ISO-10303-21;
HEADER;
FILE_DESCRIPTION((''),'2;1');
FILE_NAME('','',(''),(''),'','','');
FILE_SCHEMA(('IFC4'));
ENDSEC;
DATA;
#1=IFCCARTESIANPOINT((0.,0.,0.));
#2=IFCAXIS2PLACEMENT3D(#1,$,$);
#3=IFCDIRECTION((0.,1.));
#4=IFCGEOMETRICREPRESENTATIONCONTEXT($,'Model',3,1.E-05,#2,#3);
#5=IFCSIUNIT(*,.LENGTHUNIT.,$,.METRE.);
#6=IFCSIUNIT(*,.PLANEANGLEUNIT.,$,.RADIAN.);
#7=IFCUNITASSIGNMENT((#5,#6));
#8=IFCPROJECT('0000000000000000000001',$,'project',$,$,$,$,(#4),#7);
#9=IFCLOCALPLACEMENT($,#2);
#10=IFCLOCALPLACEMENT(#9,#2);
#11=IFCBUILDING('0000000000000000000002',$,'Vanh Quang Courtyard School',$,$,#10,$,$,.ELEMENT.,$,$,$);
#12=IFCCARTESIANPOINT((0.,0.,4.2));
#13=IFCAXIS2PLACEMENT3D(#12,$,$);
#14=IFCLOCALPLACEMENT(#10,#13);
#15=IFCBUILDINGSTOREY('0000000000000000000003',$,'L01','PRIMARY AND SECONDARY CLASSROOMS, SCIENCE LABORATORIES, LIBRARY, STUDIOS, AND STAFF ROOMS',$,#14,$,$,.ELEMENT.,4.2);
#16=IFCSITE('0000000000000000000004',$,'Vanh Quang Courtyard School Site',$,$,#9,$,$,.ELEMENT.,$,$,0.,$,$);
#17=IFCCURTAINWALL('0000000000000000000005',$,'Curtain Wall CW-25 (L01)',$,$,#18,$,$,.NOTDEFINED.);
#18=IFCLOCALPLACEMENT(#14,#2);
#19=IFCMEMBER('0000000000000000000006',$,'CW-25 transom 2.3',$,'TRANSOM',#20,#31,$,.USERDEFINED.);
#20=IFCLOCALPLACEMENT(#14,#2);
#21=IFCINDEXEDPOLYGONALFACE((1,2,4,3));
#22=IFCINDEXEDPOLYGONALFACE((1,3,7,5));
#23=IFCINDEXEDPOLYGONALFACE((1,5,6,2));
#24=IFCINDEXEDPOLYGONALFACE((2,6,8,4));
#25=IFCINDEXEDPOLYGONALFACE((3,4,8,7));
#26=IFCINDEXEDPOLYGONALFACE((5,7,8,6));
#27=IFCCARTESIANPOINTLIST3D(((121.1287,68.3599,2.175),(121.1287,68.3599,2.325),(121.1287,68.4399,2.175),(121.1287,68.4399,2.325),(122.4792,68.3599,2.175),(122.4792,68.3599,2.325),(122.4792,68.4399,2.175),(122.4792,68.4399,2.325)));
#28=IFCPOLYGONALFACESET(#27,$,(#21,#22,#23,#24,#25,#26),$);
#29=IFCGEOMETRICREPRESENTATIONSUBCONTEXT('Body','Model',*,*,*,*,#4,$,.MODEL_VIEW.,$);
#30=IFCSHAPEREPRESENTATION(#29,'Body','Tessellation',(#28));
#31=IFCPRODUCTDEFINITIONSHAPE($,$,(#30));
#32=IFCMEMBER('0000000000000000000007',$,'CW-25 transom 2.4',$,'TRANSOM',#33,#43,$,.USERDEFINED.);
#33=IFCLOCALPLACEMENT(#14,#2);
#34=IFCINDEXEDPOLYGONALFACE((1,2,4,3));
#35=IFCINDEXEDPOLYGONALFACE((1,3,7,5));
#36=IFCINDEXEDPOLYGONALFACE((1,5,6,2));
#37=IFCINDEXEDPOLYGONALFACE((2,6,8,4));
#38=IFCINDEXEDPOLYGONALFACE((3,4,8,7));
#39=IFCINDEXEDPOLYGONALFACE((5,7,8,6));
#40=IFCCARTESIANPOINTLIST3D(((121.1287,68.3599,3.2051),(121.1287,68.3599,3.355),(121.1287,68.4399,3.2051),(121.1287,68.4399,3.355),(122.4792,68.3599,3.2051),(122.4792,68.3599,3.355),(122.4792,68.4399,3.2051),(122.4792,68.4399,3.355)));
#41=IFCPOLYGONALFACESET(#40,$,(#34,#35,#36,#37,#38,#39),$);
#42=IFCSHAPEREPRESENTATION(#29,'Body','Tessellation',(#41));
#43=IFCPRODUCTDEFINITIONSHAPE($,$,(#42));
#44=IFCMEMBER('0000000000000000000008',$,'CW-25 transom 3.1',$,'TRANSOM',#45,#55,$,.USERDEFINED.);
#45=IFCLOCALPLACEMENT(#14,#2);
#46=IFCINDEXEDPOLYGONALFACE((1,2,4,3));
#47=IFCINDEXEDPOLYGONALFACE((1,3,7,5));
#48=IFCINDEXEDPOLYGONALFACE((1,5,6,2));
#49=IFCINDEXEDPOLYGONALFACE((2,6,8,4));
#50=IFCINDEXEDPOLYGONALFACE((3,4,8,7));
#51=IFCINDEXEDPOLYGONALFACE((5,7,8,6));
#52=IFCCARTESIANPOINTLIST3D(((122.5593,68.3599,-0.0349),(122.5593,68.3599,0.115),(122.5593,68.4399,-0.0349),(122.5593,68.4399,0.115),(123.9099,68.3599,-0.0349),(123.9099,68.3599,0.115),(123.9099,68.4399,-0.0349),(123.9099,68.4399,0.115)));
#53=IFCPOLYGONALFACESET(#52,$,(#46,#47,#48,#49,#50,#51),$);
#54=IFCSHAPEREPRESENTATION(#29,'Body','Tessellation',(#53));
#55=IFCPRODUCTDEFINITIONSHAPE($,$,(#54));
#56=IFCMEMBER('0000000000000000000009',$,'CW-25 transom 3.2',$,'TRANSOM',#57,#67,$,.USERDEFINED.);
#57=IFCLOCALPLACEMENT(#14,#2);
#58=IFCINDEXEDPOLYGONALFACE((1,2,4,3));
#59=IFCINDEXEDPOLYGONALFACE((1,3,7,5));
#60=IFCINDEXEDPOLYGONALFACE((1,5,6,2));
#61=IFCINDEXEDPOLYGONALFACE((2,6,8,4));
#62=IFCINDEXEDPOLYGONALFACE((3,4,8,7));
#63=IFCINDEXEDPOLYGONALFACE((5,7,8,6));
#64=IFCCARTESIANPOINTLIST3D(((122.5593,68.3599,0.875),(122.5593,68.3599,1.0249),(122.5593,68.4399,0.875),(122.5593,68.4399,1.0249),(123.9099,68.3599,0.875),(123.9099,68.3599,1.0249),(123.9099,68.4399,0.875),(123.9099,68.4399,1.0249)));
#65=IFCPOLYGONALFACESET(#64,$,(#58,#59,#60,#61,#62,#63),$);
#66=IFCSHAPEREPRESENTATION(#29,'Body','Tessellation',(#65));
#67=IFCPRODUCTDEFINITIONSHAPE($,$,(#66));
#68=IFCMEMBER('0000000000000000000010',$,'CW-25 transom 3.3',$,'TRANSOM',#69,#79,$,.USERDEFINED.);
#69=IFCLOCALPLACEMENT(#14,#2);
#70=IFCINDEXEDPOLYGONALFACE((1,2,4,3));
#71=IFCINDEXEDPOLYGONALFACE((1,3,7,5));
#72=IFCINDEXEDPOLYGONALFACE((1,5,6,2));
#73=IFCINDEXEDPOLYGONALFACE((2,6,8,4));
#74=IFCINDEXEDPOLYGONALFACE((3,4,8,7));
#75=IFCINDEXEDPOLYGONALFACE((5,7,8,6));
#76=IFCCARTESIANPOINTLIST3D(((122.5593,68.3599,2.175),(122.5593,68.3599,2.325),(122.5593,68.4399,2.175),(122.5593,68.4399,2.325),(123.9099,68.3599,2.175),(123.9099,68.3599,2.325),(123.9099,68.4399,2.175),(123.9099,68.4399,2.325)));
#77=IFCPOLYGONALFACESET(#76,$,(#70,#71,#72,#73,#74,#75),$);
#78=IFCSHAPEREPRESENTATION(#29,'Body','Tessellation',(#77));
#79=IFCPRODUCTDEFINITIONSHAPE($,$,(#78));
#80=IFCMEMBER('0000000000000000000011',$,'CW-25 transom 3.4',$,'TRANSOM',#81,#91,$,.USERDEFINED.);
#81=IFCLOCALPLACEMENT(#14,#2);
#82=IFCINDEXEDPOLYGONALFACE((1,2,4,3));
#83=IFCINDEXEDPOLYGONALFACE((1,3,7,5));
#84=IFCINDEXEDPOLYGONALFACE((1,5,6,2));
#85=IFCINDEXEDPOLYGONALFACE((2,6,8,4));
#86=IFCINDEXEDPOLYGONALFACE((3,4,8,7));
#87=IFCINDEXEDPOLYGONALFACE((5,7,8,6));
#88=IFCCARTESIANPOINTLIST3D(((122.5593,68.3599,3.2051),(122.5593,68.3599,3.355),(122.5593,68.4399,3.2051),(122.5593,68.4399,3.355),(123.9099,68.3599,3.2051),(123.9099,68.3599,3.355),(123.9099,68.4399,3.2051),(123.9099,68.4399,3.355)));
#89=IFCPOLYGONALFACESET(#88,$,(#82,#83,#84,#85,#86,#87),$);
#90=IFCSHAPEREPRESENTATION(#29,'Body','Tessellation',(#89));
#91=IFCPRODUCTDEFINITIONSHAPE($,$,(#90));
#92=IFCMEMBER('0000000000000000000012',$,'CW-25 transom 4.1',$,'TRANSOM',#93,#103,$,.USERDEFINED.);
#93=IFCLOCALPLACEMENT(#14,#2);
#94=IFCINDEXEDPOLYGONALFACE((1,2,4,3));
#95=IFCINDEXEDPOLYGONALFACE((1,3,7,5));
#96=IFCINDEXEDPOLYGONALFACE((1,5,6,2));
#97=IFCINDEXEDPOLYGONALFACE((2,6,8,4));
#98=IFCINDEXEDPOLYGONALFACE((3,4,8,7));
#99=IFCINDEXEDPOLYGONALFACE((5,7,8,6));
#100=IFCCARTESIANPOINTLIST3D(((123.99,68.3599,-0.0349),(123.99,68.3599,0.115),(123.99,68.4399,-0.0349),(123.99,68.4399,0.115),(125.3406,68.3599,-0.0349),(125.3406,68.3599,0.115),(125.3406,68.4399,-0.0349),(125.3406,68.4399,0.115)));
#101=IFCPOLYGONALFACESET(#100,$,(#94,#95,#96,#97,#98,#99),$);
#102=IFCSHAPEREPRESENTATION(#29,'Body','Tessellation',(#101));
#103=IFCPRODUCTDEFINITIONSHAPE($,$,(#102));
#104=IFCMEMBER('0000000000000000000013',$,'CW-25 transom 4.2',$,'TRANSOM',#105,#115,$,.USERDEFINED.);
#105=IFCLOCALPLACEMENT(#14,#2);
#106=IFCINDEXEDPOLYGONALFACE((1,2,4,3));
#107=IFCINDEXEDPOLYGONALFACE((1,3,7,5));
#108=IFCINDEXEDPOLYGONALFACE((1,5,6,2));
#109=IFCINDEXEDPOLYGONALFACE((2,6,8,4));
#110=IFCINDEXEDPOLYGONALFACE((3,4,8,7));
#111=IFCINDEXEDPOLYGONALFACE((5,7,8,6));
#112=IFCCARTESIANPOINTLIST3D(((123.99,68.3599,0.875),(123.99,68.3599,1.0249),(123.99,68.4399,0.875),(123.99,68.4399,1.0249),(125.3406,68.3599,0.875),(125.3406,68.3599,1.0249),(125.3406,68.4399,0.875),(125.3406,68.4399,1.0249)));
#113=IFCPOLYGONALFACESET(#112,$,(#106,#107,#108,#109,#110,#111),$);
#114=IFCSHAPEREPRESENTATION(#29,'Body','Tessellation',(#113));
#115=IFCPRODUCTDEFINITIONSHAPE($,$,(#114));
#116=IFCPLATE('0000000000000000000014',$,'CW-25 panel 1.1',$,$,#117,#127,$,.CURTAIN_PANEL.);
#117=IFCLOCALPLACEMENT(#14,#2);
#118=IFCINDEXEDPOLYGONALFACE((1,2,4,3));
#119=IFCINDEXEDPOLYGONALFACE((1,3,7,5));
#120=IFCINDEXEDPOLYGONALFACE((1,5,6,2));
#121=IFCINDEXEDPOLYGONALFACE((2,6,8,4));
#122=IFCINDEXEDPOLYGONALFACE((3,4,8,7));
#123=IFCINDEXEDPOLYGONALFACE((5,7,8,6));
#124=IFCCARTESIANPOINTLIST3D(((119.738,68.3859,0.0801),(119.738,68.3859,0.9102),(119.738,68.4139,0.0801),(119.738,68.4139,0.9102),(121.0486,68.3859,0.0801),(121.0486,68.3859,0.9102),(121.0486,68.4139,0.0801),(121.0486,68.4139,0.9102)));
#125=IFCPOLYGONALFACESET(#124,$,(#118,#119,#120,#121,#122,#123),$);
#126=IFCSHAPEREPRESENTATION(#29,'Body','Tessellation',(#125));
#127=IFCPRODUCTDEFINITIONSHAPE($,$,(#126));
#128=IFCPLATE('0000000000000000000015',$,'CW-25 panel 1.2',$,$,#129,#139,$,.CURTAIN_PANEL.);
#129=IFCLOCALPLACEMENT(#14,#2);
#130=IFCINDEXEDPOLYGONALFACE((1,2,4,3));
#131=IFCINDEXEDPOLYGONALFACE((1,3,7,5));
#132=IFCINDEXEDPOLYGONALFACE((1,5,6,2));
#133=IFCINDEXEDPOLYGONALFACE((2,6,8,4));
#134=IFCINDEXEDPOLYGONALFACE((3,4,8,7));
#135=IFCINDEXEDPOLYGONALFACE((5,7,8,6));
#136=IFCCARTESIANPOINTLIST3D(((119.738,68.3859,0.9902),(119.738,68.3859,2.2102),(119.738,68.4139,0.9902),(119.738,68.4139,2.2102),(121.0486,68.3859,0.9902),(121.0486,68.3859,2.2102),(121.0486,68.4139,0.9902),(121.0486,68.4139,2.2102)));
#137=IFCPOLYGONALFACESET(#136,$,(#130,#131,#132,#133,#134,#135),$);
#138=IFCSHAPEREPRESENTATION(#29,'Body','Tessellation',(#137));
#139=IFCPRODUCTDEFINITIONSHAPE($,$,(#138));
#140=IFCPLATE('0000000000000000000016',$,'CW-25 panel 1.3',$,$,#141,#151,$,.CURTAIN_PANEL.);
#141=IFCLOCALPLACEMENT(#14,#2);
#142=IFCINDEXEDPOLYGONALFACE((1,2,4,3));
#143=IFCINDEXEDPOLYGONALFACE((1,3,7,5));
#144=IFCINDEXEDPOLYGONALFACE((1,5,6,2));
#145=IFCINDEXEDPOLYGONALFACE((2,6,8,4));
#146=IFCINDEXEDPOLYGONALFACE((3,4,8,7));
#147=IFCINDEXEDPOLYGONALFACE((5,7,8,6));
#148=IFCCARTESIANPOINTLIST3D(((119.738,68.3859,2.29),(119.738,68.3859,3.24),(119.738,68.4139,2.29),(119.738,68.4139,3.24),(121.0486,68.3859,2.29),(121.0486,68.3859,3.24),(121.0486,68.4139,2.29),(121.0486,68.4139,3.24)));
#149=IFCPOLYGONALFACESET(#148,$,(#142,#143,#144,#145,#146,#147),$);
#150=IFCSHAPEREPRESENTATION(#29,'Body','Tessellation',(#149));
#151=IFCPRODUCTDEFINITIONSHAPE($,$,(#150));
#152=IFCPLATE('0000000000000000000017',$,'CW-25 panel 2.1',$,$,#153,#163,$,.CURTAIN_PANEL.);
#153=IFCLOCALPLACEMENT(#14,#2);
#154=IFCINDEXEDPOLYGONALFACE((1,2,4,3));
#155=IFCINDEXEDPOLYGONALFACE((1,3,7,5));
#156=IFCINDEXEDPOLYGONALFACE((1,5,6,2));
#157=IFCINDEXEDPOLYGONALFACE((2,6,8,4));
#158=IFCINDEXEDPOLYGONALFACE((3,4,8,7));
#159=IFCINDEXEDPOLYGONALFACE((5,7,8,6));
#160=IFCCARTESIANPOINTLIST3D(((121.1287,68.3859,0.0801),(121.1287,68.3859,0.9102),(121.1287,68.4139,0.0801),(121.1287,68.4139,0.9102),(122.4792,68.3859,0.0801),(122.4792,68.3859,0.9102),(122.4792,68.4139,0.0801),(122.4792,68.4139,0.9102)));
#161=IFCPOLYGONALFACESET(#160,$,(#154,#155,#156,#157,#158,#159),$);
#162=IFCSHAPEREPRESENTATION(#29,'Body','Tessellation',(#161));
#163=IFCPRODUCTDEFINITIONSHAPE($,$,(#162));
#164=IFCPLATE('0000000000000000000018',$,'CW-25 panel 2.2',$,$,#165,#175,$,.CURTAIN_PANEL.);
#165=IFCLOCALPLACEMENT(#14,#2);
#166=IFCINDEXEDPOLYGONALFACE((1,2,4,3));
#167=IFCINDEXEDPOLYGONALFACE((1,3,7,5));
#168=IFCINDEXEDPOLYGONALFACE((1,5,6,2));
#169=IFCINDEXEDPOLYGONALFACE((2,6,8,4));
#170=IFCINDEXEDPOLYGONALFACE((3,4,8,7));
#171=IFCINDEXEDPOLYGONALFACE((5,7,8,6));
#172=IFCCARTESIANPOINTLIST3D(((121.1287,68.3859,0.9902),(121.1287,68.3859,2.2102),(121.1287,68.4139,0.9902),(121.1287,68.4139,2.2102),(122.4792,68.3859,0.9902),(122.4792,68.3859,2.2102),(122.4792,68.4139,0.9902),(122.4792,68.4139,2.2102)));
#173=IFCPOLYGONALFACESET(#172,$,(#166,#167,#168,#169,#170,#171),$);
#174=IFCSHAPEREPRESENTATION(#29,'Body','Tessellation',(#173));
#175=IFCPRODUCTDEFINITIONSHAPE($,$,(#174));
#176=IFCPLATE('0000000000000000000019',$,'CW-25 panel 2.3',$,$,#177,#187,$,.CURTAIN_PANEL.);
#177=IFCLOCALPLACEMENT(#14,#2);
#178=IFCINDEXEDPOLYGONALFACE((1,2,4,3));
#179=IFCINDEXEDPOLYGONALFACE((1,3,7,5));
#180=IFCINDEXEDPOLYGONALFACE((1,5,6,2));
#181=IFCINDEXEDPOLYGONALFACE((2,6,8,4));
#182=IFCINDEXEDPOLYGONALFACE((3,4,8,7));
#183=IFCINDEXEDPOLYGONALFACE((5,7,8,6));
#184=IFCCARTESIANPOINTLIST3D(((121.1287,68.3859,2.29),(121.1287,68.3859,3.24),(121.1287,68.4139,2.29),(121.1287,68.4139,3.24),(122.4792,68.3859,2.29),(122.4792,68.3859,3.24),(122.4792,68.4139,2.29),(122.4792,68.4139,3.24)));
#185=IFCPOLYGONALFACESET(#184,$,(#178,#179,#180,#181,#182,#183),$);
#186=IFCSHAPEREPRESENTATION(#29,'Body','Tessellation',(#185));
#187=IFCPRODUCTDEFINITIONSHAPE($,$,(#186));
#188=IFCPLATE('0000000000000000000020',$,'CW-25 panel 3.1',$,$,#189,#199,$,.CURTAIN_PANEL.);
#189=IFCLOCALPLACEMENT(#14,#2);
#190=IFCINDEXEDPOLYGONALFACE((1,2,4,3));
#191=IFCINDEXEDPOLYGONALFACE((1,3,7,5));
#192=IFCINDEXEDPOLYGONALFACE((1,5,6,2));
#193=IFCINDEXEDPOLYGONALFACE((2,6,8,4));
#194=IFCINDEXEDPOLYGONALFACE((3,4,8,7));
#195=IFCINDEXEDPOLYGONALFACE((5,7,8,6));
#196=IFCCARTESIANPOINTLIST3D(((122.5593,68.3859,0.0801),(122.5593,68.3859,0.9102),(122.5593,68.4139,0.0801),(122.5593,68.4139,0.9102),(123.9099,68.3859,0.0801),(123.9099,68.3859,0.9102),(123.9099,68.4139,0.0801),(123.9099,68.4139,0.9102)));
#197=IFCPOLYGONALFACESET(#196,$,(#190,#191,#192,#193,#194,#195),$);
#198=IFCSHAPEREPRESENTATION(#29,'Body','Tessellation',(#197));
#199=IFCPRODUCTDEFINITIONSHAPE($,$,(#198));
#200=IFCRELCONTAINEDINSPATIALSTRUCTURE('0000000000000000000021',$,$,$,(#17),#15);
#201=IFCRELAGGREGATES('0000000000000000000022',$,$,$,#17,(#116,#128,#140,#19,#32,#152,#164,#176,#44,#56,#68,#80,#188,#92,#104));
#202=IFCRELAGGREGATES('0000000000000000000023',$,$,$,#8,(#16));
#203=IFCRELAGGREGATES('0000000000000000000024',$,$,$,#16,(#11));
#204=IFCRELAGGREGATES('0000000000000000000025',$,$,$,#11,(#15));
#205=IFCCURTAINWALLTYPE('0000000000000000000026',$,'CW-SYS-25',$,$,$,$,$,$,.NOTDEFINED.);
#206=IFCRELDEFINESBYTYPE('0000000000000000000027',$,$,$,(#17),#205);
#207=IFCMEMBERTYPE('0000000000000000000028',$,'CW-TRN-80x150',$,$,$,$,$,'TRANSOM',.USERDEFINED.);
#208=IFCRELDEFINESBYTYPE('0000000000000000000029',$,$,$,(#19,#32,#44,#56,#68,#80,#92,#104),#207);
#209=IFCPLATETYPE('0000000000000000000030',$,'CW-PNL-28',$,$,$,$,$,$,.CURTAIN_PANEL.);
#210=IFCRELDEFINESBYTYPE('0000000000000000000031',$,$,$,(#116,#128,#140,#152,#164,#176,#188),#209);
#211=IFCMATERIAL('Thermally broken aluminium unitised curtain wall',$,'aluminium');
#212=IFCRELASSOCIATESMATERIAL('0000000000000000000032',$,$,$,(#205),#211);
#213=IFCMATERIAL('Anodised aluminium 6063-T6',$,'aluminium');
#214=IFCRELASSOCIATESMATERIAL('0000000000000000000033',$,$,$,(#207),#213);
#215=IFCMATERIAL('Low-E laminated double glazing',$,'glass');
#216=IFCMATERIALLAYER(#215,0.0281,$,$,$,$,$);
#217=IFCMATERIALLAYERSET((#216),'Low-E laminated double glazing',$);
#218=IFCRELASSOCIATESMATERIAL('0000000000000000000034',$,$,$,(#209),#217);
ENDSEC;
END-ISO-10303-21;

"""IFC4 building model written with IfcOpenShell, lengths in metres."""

from ifc_helpers import new_model, si_unit, direction, frame, origin, origin_2d, place, context, subcontext, project, spatial, rectangle, extrude, material, layer, layer_set, material_profile, profile_set, type_object, element, aggregate, save


model = new_model("IFC4")

# Units and contexts
model_context = context("Model", 3, precision=1e-05, world=origin(), true_north=direction((0.0, 1.0)))
body_context = subcontext(model_context, "Body", "Model", "MODEL_VIEW")
ifc_project = project(units=[si_unit("LENGTHUNIT", "METRE"), si_unit("PLANEANGLEUNIT", "RADIAN")], contexts=[model_context])

# Site, building, storey
site_placement = place(None, origin())
site = spatial("IfcSite", under=ifc_project, at=site_placement, Name="Vanh Quang Courtyard School Site", CompositionType="ELEMENT", RefElevation=0.0)
building_placement = place(site_placement, origin())
building = spatial("IfcBuilding", under=site, at=building_placement, Name="Vanh Quang Courtyard School", CompositionType="ELEMENT")
storey_placement = place(building_placement, frame((0.0, 0.0, 4.2)))
storey = spatial("IfcBuildingStorey", under=building, at=storey_placement, Name="L01", Description="PRIMARY AND SECONDARY CLASSROOMS, SCIENCE LABORATORIES, LIBRARY, STUDIOS, AND STAFF ROOMS", CompositionType="ELEMENT", Elevation=4.2)

# Curtain wall, members, plates
ifc_material_1 = material(Name="Thermally broken aluminium unitised curtain wall", Category="aluminium")
curtain_wall_type = type_object("IfcCurtainWallType", Name="CW-SYS-25", PredefinedType="NOTDEFINED", material=ifc_material_1)
curtain_wall_placement = place(storey_placement, origin())
curtain_wall = element("IfcCurtainWall", 1, at=curtain_wall_placement, inside=storey, type_object=curtain_wall_type, Name="Curtain Wall CW-25 (L01)", PredefinedType="NOTDEFINED")
ifc_material_2 = material(Name="Anodised aluminium 6063-T6", Category="aluminium")
ifc_material_profile_1 = material_profile(ifc_material_2, rectangle(XDim=0.0801, YDim=0.1499, at=origin_2d()), Name="ALU-TRN 80x150")
ifc_profile_set_1 = profile_set([ifc_material_profile_1], Name="Anodised aluminium 6063-T6")
member_type_1 = type_object("IfcMemberType", Name="CW-TRN-80x150", ElementType="TRANSOM", PredefinedType="USERDEFINED", material=ifc_profile_set_1)
member_1_placement = place(storey_placement, frame((121.1287, 68.3999, 2.25), z_axis=(1.0, 0.0, 0.0), x_axis=(0.0, 1.0, 0.0)))
member_1 = element("IfcMember", 2, at=member_1_placement, type_object=member_type_1, Name="CW-25 transom 2.3", ObjectType="TRANSOM", PredefinedType="USERDEFINED", context=body_context, shape_type="SweptSolid", body=[
    extrude(rectangle(XDim=0.0801, YDim=0.1499, at=origin_2d()), origin(), (0.0, 0.0, 1.0), 1.3506),
])
member_2_placement = place(storey_placement, frame((121.1287, 68.3999, 3.28), z_axis=(1.0, 0.0, 0.0), x_axis=(0.0, 1.0, 0.0)))
member_2 = element("IfcMember", 3, at=member_2_placement, type_object=member_type_1, Name="CW-25 transom 2.4", ObjectType="TRANSOM", PredefinedType="USERDEFINED", context=body_context, shape_type="SweptSolid", body=[
    extrude(rectangle(XDim=0.0801, YDim=0.1499, at=origin_2d()), origin(), (0.0, 0.0, 1.0), 1.3506),
])
member_3_placement = place(storey_placement, frame((122.5593, 68.3999, 0.04), z_axis=(1.0, 0.0, 0.0), x_axis=(0.0, 1.0, 0.0)))
member_3 = element("IfcMember", 4, at=member_3_placement, type_object=member_type_1, Name="CW-25 transom 3.1", ObjectType="TRANSOM", PredefinedType="USERDEFINED", context=body_context, shape_type="SweptSolid", body=[
    extrude(rectangle(XDim=0.0801, YDim=0.1499, at=origin_2d()), origin(), (0.0, 0.0, 1.0), 1.3506),
])
member_4_placement = place(storey_placement, frame((122.5593, 68.3999, 0.95), z_axis=(1.0, 0.0, 0.0), x_axis=(0.0, 1.0, 0.0)))
member_4 = element("IfcMember", 5, at=member_4_placement, type_object=member_type_1, Name="CW-25 transom 3.2", ObjectType="TRANSOM", PredefinedType="USERDEFINED", context=body_context, shape_type="SweptSolid", body=[
    extrude(rectangle(XDim=0.0801, YDim=0.1499, at=origin_2d()), origin(), (0.0, 0.0, 1.0), 1.3506),
])
member_5_placement = place(storey_placement, frame((122.5593, 68.3999, 2.25), z_axis=(1.0, 0.0, 0.0), x_axis=(0.0, 1.0, 0.0)))
member_5 = element("IfcMember", 6, at=member_5_placement, type_object=member_type_1, Name="CW-25 transom 3.3", ObjectType="TRANSOM", PredefinedType="USERDEFINED", context=body_context, shape_type="SweptSolid", body=[
    extrude(rectangle(XDim=0.0801, YDim=0.1499, at=origin_2d()), origin(), (0.0, 0.0, 1.0), 1.3506),
])
member_6_placement = place(storey_placement, frame((122.5593, 68.3999, 3.28), z_axis=(1.0, 0.0, 0.0), x_axis=(0.0, 1.0, 0.0)))
member_6 = element("IfcMember", 7, at=member_6_placement, type_object=member_type_1, Name="CW-25 transom 3.4", ObjectType="TRANSOM", PredefinedType="USERDEFINED", context=body_context, shape_type="SweptSolid", body=[
    extrude(rectangle(XDim=0.0801, YDim=0.1499, at=origin_2d()), origin(), (0.0, 0.0, 1.0), 1.3506),
])
member_7_placement = place(storey_placement, frame((123.99, 68.3999, 0.04), z_axis=(1.0, 0.0, 0.0), x_axis=(0.0, 1.0, 0.0)))
member_7 = element("IfcMember", 8, at=member_7_placement, type_object=member_type_1, Name="CW-25 transom 4.1", ObjectType="TRANSOM", PredefinedType="USERDEFINED", context=body_context, shape_type="SweptSolid", body=[
    extrude(rectangle(XDim=0.0801, YDim=0.1499, at=origin_2d()), origin(), (0.0, 0.0, 1.0), 1.3506),
])
member_8_placement = place(storey_placement, frame((123.99, 68.3999, 0.95), z_axis=(1.0, 0.0, 0.0), x_axis=(0.0, 1.0, 0.0)))
member_8 = element("IfcMember", 9, at=member_8_placement, type_object=member_type_1, Name="CW-25 transom 4.2", ObjectType="TRANSOM", PredefinedType="USERDEFINED", context=body_context, shape_type="SweptSolid", body=[
    extrude(rectangle(XDim=0.0801, YDim=0.1499, at=origin_2d()), origin(), (0.0, 0.0, 1.0), 1.3506),
])
ifc_material_3 = material(Name="Low-E laminated double glazing", Category="glass")
ifc_layer = layer(ifc_material_3, 0.0281)
ifc_layer_set = layer_set([ifc_layer], Name="Low-E laminated double glazing")
plate_type = type_object("IfcPlateType", Name="CW-PNL-28", PredefinedType="CURTAIN_PANEL", material=ifc_layer_set)
plate_1_placement = place(storey_placement, frame((120.3933, 68.3999, 0.0801), z_axis=(0.0, 0.0, 1.0), x_axis=(1.0, 0.0, 0.0)))
plate_1 = element("IfcPlate", 10, at=plate_1_placement, type_object=plate_type, Name="CW-25 panel 1.1", PredefinedType="CURTAIN_PANEL", context=body_context, shape_type="SweptSolid", body=[
    extrude(rectangle(XDim=1.3105, YDim=0.0281, at=origin_2d()), origin(), (0.0, 0.0, 1.0), 0.8301),
])
plate_2_placement = place(storey_placement, frame((120.3933, 68.3999, 0.9902), z_axis=(0.0, 0.0, 1.0), x_axis=(1.0, 0.0, 0.0)))
plate_2 = element("IfcPlate", 11, at=plate_2_placement, type_object=plate_type, Name="CW-25 panel 1.2", PredefinedType="CURTAIN_PANEL", context=body_context, shape_type="SweptSolid", body=[
    extrude(rectangle(XDim=1.3105, YDim=0.0281, at=origin_2d()), origin(), (0.0, 0.0, 1.0), 1.22),
])
plate_3_placement = place(storey_placement, frame((120.3933, 68.3999, 2.29), z_axis=(0.0, 0.0, 1.0), x_axis=(1.0, 0.0, 0.0)))
plate_3 = element("IfcPlate", 12, at=plate_3_placement, type_object=plate_type, Name="CW-25 panel 1.3", PredefinedType="CURTAIN_PANEL", context=body_context, shape_type="SweptSolid", body=[
    extrude(rectangle(XDim=1.3105, YDim=0.0281, at=origin_2d()), origin(), (0.0, 0.0, 1.0), 0.95),
])
plate_4_placement = place(storey_placement, frame((121.804, 68.3999, 0.0801), z_axis=(0.0, 0.0, 1.0), x_axis=(1.0, 0.0, 0.0)))
plate_4 = element("IfcPlate", 13, at=plate_4_placement, type_object=plate_type, Name="CW-25 panel 2.1", PredefinedType="CURTAIN_PANEL", context=body_context, shape_type="SweptSolid", body=[
    extrude(rectangle(XDim=1.3506, YDim=0.0281, at=origin_2d()), origin(), (0.0, 0.0, 1.0), 0.8301),
])
plate_5_placement = place(storey_placement, frame((121.804, 68.3999, 0.9902), z_axis=(0.0, 0.0, 1.0), x_axis=(1.0, 0.0, 0.0)))
plate_5 = element("IfcPlate", 14, at=plate_5_placement, type_object=plate_type, Name="CW-25 panel 2.2", PredefinedType="CURTAIN_PANEL", context=body_context, shape_type="SweptSolid", body=[
    extrude(rectangle(XDim=1.3506, YDim=0.0281, at=origin_2d()), origin(), (0.0, 0.0, 1.0), 1.22),
])
plate_6_placement = place(storey_placement, frame((121.804, 68.3999, 2.29), z_axis=(0.0, 0.0, 1.0), x_axis=(1.0, 0.0, 0.0)))
plate_6 = element("IfcPlate", 15, at=plate_6_placement, type_object=plate_type, Name="CW-25 panel 2.3", PredefinedType="CURTAIN_PANEL", context=body_context, shape_type="SweptSolid", body=[
    extrude(rectangle(XDim=1.3506, YDim=0.0281, at=origin_2d()), origin(), (0.0, 0.0, 1.0), 0.95),
])
plate_7_placement = place(storey_placement, frame((123.2346, 68.3999, 0.0801), z_axis=(0.0, 0.0, 1.0), x_axis=(1.0, 0.0, 0.0)))
plate_7 = element("IfcPlate", 16, at=plate_7_placement, type_object=plate_type, Name="CW-25 panel 3.1", PredefinedType="CURTAIN_PANEL", context=body_context, shape_type="SweptSolid", body=[
    extrude(rectangle(XDim=1.3506, YDim=0.0281, at=origin_2d()), origin(), (0.0, 0.0, 1.0), 0.8301),
])
aggregate(curtain_wall, [plate_1, plate_2, plate_3, member_1, member_2, plate_4, plate_5, plate_6, member_3, member_4, member_5, member_6, plate_7, member_7, member_8])

save(model, "model.ifc")
